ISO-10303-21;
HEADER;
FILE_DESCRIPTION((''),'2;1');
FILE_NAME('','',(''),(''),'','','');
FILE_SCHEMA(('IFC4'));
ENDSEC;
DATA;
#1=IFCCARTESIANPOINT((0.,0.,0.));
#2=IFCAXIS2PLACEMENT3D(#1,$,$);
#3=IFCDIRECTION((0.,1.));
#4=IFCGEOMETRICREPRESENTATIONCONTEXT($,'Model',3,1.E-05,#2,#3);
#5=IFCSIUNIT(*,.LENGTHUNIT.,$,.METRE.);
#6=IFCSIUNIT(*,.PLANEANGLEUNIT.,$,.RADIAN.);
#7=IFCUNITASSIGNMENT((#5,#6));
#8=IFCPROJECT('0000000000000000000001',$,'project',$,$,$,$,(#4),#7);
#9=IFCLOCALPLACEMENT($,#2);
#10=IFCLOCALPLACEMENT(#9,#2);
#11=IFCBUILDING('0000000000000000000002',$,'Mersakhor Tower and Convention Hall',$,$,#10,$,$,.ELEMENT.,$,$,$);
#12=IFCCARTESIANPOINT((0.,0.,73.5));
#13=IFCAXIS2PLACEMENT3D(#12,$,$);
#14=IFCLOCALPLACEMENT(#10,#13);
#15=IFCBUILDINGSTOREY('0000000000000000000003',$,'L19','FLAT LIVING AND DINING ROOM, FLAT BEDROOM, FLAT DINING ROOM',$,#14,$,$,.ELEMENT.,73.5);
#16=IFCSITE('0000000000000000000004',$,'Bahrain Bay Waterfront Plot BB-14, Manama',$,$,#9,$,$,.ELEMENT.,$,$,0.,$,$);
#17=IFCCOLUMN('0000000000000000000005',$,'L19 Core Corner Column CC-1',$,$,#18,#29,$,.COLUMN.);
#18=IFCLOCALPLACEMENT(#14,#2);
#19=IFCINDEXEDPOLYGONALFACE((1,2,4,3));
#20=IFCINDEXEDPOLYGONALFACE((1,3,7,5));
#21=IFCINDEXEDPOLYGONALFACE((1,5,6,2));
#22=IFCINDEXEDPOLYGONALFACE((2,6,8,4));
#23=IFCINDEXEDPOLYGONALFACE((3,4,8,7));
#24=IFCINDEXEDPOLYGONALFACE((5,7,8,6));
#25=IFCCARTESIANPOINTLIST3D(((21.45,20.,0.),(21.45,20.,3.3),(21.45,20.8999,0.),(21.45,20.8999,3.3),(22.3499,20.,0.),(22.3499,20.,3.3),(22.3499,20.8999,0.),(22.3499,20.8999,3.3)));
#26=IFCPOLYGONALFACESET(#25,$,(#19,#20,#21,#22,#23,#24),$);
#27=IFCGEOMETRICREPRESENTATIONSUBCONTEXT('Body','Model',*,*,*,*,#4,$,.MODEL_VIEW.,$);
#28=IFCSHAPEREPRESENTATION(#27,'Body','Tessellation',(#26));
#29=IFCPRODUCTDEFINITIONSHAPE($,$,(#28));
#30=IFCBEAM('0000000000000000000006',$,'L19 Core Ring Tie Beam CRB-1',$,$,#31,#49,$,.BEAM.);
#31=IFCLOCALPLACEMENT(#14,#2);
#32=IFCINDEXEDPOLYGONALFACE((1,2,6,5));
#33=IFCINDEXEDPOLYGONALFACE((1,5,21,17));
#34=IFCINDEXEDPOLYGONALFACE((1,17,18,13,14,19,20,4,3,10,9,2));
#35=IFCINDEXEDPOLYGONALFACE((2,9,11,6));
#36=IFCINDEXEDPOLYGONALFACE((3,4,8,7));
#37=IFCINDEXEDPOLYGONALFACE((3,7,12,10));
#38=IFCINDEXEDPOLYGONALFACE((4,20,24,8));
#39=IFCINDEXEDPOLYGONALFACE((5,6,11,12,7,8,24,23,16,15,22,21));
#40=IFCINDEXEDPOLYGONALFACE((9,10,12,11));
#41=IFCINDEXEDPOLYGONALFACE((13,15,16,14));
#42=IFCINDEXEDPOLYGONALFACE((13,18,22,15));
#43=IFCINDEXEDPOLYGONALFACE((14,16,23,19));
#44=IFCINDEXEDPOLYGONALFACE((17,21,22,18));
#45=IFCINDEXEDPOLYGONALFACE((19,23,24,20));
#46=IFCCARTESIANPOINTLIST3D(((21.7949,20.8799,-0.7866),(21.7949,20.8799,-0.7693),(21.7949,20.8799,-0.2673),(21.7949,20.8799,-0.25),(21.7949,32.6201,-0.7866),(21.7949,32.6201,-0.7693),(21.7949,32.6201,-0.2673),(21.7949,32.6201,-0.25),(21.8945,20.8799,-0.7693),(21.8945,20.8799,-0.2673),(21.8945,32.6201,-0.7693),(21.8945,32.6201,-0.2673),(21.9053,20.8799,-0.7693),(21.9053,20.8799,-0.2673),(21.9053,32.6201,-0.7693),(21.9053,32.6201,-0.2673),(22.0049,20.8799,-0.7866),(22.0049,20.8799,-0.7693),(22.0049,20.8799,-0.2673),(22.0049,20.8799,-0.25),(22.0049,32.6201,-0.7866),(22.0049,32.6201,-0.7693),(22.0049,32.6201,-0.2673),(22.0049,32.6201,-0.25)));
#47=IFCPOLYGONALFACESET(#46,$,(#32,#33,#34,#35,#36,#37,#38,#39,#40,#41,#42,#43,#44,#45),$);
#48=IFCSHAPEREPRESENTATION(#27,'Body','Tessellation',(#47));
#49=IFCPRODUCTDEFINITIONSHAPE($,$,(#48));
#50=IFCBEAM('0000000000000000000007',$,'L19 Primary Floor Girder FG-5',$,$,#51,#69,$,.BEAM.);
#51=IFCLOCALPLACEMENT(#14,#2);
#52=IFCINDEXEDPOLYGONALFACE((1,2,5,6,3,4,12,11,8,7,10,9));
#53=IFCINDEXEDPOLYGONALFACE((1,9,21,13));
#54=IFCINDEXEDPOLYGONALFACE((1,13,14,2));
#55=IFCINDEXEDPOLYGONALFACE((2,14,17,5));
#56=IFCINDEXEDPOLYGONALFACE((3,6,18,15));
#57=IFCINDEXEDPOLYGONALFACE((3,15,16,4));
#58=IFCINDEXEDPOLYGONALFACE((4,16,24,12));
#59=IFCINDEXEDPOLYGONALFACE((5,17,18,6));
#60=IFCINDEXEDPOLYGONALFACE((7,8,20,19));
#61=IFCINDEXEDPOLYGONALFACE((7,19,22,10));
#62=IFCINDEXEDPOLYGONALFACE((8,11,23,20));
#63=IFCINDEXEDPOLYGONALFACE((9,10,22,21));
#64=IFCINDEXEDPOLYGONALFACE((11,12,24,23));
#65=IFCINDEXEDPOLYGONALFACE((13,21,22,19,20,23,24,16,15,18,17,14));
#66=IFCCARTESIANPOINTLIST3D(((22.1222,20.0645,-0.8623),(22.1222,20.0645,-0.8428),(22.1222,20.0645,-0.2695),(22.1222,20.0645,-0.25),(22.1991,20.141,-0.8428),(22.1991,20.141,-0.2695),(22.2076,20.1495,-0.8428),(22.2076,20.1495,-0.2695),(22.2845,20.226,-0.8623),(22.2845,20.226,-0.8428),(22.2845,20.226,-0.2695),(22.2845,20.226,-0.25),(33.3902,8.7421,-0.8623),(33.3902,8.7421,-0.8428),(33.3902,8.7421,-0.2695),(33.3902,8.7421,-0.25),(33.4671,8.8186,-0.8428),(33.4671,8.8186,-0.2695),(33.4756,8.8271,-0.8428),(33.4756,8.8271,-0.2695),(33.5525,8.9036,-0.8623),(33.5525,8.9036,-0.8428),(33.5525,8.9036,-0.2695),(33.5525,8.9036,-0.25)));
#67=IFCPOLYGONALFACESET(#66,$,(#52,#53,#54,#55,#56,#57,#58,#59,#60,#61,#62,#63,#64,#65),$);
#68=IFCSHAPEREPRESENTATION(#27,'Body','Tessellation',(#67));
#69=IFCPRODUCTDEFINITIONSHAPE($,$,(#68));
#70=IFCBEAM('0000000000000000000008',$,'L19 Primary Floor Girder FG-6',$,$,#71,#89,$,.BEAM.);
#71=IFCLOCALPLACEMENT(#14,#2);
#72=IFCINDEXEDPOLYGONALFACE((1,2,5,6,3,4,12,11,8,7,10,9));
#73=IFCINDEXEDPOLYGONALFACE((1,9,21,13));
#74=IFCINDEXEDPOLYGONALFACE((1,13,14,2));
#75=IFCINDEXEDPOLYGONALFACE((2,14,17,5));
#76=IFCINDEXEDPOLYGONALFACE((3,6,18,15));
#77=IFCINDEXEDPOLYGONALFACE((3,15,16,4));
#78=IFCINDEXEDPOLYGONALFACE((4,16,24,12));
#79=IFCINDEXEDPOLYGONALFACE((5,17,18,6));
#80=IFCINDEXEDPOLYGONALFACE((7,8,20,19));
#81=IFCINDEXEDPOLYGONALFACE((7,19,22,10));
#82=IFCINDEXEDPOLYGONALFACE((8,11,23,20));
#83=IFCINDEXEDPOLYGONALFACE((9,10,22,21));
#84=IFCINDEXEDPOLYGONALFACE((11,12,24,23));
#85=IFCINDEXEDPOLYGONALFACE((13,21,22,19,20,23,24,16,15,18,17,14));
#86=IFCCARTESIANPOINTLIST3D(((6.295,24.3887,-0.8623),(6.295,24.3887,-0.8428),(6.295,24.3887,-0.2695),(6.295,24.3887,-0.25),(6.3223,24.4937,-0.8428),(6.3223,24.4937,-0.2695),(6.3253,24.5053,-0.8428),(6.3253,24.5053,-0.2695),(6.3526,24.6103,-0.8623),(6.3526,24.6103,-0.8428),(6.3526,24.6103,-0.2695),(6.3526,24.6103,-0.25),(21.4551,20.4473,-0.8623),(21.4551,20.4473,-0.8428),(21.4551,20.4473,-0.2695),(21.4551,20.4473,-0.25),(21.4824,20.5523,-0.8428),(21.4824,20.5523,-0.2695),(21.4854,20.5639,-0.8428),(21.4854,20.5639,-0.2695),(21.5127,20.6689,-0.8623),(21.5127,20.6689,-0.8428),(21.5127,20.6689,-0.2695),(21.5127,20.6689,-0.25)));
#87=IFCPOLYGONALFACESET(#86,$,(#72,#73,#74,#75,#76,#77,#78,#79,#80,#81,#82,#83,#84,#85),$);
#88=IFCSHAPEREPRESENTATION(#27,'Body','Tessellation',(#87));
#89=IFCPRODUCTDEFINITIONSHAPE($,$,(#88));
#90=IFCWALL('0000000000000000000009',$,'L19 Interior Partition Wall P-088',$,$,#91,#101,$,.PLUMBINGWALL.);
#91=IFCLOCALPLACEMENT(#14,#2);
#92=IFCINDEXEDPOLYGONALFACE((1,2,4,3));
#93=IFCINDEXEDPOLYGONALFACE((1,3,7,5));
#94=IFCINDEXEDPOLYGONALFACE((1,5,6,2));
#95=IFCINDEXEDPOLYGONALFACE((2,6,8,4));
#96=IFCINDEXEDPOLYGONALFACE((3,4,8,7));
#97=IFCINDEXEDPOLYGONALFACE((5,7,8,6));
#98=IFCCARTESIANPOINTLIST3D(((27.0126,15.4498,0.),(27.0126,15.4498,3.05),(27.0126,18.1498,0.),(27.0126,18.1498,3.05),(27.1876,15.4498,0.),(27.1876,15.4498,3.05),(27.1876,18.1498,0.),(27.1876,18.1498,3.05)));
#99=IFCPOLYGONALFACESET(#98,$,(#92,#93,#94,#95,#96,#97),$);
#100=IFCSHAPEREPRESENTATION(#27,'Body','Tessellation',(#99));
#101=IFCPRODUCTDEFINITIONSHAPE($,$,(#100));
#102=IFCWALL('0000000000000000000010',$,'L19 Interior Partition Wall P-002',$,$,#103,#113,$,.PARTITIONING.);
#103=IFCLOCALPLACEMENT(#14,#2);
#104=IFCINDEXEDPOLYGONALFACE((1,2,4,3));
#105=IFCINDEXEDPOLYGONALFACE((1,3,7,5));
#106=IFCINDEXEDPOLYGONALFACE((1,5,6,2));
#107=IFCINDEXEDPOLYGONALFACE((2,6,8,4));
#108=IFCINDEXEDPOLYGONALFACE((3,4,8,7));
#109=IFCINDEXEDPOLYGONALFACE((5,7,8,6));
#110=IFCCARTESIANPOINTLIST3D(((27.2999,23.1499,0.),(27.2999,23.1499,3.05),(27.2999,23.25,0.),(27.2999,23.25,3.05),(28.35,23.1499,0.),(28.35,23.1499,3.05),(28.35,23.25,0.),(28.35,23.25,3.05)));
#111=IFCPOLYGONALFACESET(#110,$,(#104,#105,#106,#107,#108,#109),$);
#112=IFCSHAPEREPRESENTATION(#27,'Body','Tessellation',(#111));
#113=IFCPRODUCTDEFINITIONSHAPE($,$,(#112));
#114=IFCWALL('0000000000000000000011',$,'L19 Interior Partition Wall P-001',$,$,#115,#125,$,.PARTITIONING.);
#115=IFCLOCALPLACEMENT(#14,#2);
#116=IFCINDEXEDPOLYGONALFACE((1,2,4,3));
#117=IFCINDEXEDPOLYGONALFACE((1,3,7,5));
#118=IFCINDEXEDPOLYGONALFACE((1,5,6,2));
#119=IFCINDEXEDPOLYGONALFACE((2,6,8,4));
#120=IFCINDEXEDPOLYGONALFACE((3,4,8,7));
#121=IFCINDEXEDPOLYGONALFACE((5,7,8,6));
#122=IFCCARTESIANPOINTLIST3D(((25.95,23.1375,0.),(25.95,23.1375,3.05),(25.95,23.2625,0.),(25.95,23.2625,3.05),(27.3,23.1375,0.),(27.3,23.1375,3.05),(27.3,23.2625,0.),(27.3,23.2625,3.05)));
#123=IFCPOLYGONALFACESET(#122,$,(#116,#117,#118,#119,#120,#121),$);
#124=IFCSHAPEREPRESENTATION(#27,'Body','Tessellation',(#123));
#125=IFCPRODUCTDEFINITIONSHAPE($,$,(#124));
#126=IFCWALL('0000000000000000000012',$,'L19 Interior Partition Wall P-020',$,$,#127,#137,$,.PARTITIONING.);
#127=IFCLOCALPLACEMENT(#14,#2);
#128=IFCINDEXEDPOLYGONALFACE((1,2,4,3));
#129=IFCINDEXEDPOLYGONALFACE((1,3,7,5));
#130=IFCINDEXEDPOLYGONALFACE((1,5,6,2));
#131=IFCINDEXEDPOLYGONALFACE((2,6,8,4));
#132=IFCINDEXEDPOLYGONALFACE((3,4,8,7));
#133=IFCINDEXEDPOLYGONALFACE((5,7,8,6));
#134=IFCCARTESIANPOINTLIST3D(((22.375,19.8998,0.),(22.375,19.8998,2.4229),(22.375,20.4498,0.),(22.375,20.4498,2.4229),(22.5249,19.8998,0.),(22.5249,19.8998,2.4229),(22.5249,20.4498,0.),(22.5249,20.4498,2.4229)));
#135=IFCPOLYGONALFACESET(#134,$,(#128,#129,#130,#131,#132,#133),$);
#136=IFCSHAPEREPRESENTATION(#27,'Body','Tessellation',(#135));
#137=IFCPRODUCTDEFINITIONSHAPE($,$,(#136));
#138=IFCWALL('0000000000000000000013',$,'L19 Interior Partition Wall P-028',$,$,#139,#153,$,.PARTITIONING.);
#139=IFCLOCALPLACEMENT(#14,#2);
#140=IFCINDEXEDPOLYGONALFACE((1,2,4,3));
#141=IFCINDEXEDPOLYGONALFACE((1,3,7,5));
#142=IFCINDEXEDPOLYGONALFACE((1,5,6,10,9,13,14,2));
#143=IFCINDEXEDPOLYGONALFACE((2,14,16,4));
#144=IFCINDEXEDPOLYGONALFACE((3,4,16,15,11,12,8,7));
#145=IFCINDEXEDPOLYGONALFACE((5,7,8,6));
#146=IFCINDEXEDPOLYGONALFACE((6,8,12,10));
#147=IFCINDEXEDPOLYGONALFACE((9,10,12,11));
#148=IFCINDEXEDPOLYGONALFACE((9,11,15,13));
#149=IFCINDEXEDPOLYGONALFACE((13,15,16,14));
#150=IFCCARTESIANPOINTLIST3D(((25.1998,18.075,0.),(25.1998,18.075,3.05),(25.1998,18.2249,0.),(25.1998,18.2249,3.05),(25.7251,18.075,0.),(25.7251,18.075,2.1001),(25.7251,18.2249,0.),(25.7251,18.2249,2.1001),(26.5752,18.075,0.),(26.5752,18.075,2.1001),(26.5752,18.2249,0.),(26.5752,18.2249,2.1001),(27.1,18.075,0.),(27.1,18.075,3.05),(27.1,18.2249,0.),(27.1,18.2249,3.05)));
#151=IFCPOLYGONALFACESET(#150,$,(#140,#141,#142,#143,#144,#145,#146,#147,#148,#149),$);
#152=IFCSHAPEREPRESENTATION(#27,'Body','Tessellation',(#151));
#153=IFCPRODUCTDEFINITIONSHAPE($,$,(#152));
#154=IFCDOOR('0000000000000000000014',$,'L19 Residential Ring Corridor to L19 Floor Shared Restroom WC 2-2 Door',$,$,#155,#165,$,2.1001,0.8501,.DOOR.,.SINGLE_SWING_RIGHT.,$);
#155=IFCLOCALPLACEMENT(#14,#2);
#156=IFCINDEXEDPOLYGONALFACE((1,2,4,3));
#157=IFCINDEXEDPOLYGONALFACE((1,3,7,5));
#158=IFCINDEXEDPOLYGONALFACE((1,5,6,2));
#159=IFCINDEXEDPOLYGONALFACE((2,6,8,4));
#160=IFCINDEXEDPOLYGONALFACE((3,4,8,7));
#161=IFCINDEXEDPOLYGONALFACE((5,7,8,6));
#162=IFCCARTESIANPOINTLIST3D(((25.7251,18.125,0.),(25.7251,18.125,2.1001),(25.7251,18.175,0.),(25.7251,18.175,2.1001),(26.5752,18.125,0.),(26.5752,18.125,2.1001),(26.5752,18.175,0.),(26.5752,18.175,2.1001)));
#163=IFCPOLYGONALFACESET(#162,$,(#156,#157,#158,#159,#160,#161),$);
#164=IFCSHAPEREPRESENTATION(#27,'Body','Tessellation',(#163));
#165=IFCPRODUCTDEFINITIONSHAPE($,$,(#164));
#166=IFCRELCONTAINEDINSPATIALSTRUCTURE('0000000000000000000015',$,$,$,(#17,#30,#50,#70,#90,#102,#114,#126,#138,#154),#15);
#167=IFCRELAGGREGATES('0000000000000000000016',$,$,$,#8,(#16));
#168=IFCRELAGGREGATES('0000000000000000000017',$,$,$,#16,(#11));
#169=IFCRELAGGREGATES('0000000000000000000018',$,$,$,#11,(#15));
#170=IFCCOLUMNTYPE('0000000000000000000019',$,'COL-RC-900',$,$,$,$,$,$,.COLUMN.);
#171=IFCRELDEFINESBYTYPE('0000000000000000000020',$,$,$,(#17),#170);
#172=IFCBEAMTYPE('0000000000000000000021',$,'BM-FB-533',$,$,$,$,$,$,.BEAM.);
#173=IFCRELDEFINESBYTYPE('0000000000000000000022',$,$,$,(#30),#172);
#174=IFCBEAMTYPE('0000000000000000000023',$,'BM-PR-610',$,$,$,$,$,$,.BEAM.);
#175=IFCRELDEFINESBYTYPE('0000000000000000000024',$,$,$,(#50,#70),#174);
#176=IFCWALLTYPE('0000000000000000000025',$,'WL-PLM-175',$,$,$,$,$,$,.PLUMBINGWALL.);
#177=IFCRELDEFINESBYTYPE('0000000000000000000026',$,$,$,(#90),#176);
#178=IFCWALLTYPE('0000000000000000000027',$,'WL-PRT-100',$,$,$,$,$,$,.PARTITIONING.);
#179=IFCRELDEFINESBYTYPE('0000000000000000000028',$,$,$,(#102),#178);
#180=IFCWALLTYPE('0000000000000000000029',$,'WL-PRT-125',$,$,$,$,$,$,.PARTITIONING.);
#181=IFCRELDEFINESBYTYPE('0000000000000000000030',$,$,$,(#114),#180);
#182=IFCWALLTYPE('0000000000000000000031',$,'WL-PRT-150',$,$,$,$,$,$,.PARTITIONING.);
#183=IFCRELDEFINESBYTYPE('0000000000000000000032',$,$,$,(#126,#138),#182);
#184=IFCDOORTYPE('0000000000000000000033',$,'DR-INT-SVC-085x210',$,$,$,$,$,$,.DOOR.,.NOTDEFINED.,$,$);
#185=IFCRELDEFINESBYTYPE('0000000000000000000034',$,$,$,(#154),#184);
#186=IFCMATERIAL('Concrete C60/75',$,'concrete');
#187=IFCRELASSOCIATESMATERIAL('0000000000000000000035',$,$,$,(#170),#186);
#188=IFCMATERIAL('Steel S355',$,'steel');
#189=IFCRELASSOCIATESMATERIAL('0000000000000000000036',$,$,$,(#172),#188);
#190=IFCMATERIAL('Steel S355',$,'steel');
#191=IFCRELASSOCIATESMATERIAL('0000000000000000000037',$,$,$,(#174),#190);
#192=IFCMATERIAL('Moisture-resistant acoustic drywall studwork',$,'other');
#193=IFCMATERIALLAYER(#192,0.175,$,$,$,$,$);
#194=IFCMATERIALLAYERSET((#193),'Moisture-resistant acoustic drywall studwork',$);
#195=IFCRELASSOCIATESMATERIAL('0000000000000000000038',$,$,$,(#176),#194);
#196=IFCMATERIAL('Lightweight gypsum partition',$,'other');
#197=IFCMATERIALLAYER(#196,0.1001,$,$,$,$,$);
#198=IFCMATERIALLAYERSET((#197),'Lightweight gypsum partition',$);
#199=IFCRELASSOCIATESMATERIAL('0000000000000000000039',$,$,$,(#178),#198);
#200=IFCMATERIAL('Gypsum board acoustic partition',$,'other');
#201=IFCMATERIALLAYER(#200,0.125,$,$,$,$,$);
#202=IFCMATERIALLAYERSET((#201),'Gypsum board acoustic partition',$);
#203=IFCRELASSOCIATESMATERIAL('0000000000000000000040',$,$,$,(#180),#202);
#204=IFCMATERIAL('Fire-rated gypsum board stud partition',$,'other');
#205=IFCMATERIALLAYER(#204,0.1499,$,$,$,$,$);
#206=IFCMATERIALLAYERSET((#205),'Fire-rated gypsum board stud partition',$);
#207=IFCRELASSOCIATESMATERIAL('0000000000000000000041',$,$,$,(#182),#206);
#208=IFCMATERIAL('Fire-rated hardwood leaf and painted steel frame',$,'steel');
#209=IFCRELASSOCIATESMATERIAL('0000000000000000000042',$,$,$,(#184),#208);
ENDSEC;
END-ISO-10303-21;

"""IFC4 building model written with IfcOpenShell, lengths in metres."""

from ifc_helpers import new_model, si_unit, direction, frame, frame_2d, origin, origin_2d, place, context, subcontext, project, spatial, rectangle, i_section, extrude, material, layer, layer_set, material_profile, profile_set, type_object, element, fill, save


model = new_model("IFC4")

# Units and contexts
model_context = context("Model", 3, precision=1e-05, world=origin(), true_north=direction((0.0, 1.0)))
body_context = subcontext(model_context, "Body", "Model", "MODEL_VIEW")
ifc_project = project(units=[si_unit("LENGTHUNIT", "METRE"), si_unit("PLANEANGLEUNIT", "RADIAN")], contexts=[model_context])

# Site, building, storey
site_placement = place(None, origin())
site = spatial("IfcSite", under=ifc_project, at=site_placement, Name="Bahrain Bay Waterfront Plot BB-14, Manama", CompositionType="ELEMENT", RefElevation=0.0)
building_placement = place(site_placement, origin())
building = spatial("IfcBuilding", under=site, at=building_placement, Name="Mersakhor Tower and Convention Hall", CompositionType="ELEMENT")
storey_placement = place(building_placement, frame((0.0, 0.0, 73.5)))
storey = spatial("IfcBuildingStorey", under=building, at=storey_placement, Name="L19", Description="FLAT LIVING AND DINING ROOM, FLAT BEDROOM, FLAT DINING ROOM", CompositionType="ELEMENT", Elevation=73.5)

# Column
ifc_material_1 = material(Name="Concrete C60/75", Category="concrete")
ifc_material_profile_1 = material_profile(ifc_material_1, rectangle(XDim=0.8999, YDim=0.8999, at=origin_2d()), Name="RC 900x900")
ifc_profile_set_1 = profile_set([ifc_material_profile_1], Name="Concrete C60/75")
column_type = type_object("IfcColumnType", Name="COL-RC-900", PredefinedType="COLUMN", material=ifc_profile_set_1)
column_placement = place(storey_placement, frame((21.8999, 20.45, 0.0), z_axis=(0.0, 0.0, 1.0), x_axis=(1.0, 0.0, 0.0)))
element("IfcColumn", 1, at=column_placement, inside=storey, type_object=column_type, Name="L19 Core Corner Column CC-1", PredefinedType="COLUMN", context=body_context, shape_type="SweptSolid", body=[
    extrude(rectangle(XDim=0.8999, YDim=0.8999, at=origin_2d()), origin(), (0.0, 0.0, 1.0), 3.3),
])

# Beams
ifc_material_2 = material(Name="Steel S355", Category="steel")
ifc_material_profile_2 = material_profile(ifc_material_2, i_section(OverallWidth=0.21, OverallDepth=0.5366, WebThickness=0.0107, FlangeThickness=0.0173, at=origin_2d()), Name="UB 533x210x101")
ifc_profile_set_2 = profile_set([ifc_material_profile_2], Name="Steel S355")
beam_type_1 = type_object("IfcBeamType", Name="BM-FB-533", PredefinedType="BEAM", material=ifc_profile_set_2)
beam_1_placement = place(storey_placement, frame((21.8999, 20.8799, -0.5183), z_axis=(0.0, 1.0, 0.0), x_axis=(-1.0, 0.0, 0.0)))
element("IfcBeam", 2, at=beam_1_placement, inside=storey, type_object=beam_type_1, Name="L19 Core Ring Tie Beam CRB-1", PredefinedType="BEAM", context=body_context, shape_type="SweptSolid", body=[
    extrude(i_section(OverallWidth=0.21, OverallDepth=0.5366, WebThickness=0.0107, FlangeThickness=0.0173, at=origin_2d()), origin(), (0.0, 0.0, 1.0), 11.7402),
])
ifc_material_3 = material(Name="Steel S355", Category="steel")
ifc_material_profile_3 = material_profile(ifc_material_3, i_section(OverallWidth=0.229, OverallDepth=0.6123, WebThickness=0.012, FlangeThickness=0.0195, at=origin_2d()), Name="UB 610x229x125")
ifc_profile_set_3 = profile_set([ifc_material_profile_3], Name="Steel S355")
beam_type_2 = type_object("IfcBeamType", Name="BM-PR-610", PredefinedType="BEAM", material=ifc_profile_set_3)
beam_2_placement = place(storey_placement, frame((22.2034, 20.1453, -0.5562), z_axis=(0.705401, -0.708809, 0.0), x_axis=(0.708809, 0.705401, 0.0)))
element("IfcBeam", 3, at=beam_2_placement, inside=storey, type_object=beam_type_2, Name="L19 Primary Floor Girder FG-5", PredefinedType="BEAM", context=body_context, shape_type="SweptSolid", body=[
    extrude(i_section(OverallWidth=0.229, OverallDepth=0.6123, WebThickness=0.012, FlangeThickness=0.0195, at=origin_2d()), origin(), (0.0, 0.0, 1.0), 15.9739),
])
beam_3_placement = place(storey_placement, frame((21.4839, 20.5581, -0.5562), z_axis=(-0.967826, 0.25162, 0.0), x_axis=(-0.25162, -0.967826, 0.0)))
element("IfcBeam", 4, at=beam_3_placement, inside=storey, type_object=beam_type_2, Name="L19 Primary Floor Girder FG-6", PredefinedType="BEAM", context=body_context, shape_type="SweptSolid", body=[
    extrude(i_section(OverallWidth=0.229, OverallDepth=0.6123, WebThickness=0.012, FlangeThickness=0.0195, at=origin_2d()), origin(), (0.0, 0.0, 1.0), 15.6641),
])

# Walls
ifc_material_4 = material(Name="Moisture-resistant acoustic drywall studwork", Category="other")
ifc_layer_1 = layer(ifc_material_4, 0.175)
ifc_layer_set_1 = layer_set([ifc_layer_1], Name="Moisture-resistant acoustic drywall studwork")
wall_type_1 = type_object("IfcWallType", Name="WL-PLM-175", PredefinedType="PLUMBINGWALL", material=ifc_layer_set_1)
wall_1_placement = place(storey_placement, frame((27.1001, 18.1499, 0.0), z_axis=(0.0, 0.0, 1.0), x_axis=(0.0, -1.0, 0.0)))
element("IfcWall", 5, at=wall_1_placement, inside=storey, type_object=wall_type_1, Name="L19 Interior Partition Wall P-088", PredefinedType="PLUMBINGWALL", context=body_context, shape_type="SweptSolid", body=[
    extrude(rectangle(XDim=2.7, YDim=0.175, at=frame_2d((1.3501, 0.0))), origin(), (0.0, 0.0, 1.0), 3.05),
])
ifc_material_5 = material(Name="Lightweight gypsum partition", Category="other")
ifc_layer_2 = layer(ifc_material_5, 0.1001)
ifc_layer_set_2 = layer_set([ifc_layer_2], Name="Lightweight gypsum partition")
wall_type_2 = type_object("IfcWallType", Name="WL-PRT-100", PredefinedType="PARTITIONING", material=ifc_layer_set_2)
wall_2_placement = place(storey_placement, frame((27.3, 23.2, 0.0), z_axis=(0.0, 0.0, 1.0), x_axis=(1.0, 0.0, 0.0)))
element("IfcWall", 6, at=wall_2_placement, inside=storey, type_object=wall_type_2, Name="L19 Interior Partition Wall P-002", PredefinedType="PARTITIONING", context=body_context, shape_type="SweptSolid", body=[
    extrude(rectangle(XDim=1.05, YDim=0.1001, at=frame_2d((0.5249, 0.0))), origin(), (0.0, 0.0, 1.0), 3.05),
])
ifc_material_6 = material(Name="Gypsum board acoustic partition", Category="other")
ifc_layer_3 = layer(ifc_material_6, 0.125)
ifc_layer_set_3 = layer_set([ifc_layer_3], Name="Gypsum board acoustic partition")
wall_type_3 = type_object("IfcWallType", Name="WL-PRT-125", PredefinedType="PARTITIONING", material=ifc_layer_set_3)
wall_3_placement = place(storey_placement, frame((25.95, 23.2, 0.0), z_axis=(0.0, 0.0, 1.0), x_axis=(1.0, 0.0, 0.0)))
element("IfcWall", 7, at=wall_3_placement, inside=storey, type_object=wall_type_3, Name="L19 Interior Partition Wall P-001", PredefinedType="PARTITIONING", context=body_context, shape_type="SweptSolid", body=[
    extrude(rectangle(XDim=1.3501, YDim=0.125, at=frame_2d((0.675, 0.0))), origin(), (0.0, 0.0, 1.0), 3.05),
])
ifc_material_7 = material(Name="Fire-rated gypsum board stud partition", Category="other")
ifc_layer_4 = layer(ifc_material_7, 0.1499)
ifc_layer_set_4 = layer_set([ifc_layer_4], Name="Fire-rated gypsum board stud partition")
wall_type_4 = type_object("IfcWallType", Name="WL-PRT-150", PredefinedType="PARTITIONING", material=ifc_layer_set_4)
wall_4_placement = place(storey_placement, frame((22.45, 19.8999, 0.0), z_axis=(0.0, 0.0, 1.0), x_axis=(0.0, 1.0, 0.0)))
element("IfcWall", 8, at=wall_4_placement, inside=storey, type_object=wall_type_4, Name="L19 Interior Partition Wall P-020", PredefinedType="PARTITIONING", context=body_context, shape_type="SweptSolid", body=[
    extrude(rectangle(XDim=0.55, YDim=0.1499, at=frame_2d((0.2749, 0.0))), origin(), (0.0, 0.0, 1.0), 2.4229),
])

# Wall, opening, door
wall_5_placement = place(storey_placement, frame((27.1001, 18.1499, 0.0), z_axis=(0.0, 0.0, 1.0), x_axis=(-1.0, 0.0, 0.0)))
wall_5 = element("IfcWall", 9, at=wall_5_placement, inside=storey, type_object=wall_type_4, Name="L19 Interior Partition Wall P-028", PredefinedType="PARTITIONING", context=body_context, shape_type="SweptSolid", body=[
    extrude(rectangle(XDim=1.9001, YDim=0.1499, at=frame_2d((0.9502, 0.0))), origin(), (0.0, 0.0, 1.0), 3.05),
])
opening_1_placement = place(wall_5_placement, frame((0.5249, 0.0, 0.0)))
opening_1 = element("IfcOpeningElement", 10, at=opening_1_placement, cuts=wall_5, PredefinedType="OPENING", context=body_context, shape_type="SweptSolid", body=[
    extrude(rectangle(XDim=0.8501, YDim=2.1001, at=frame_2d((0.425, 1.05))), frame((0.0, 0.085, 0.0), z_axis=(0.0, -1.0, 0.0), x_axis=(1.0, 0.0, 0.0)), (0.0, 0.0, 1.0), 0.1699),
])
ifc_material_8 = material(Name="Fire-rated hardwood leaf and painted steel frame", Category="steel")
door_type_1 = type_object("IfcDoorType", Name="DR-INT-SVC-085x210", OperationType="NOTDEFINED", PredefinedType="DOOR", material=ifc_material_8)
door_1_placement = place(opening_1_placement, origin())
door_1 = element("IfcDoor", 11, at=door_1_placement, inside=storey, type_object=door_type_1, Name="L19 Residential Ring Corridor to L19 Floor Shared Restroom WC 2-2 Door", OperationType="SINGLE_SWING_RIGHT", OverallHeight=2.1001, OverallWidth=0.8501, PredefinedType="DOOR", context=body_context, shape_type="SweptSolid", body=[
    extrude(rectangle(XDim=0.8501, YDim=2.1001, at=frame_2d((0.425, 1.05))), frame((0.0, 0.0249, 0.0), z_axis=(0.0, -1.0, 0.0), x_axis=(1.0, 0.0, 0.0)), (0.0, 0.0, 1.0), 0.05),
])
fill(opening_1, door_1)

save(model, "model.ifc")
